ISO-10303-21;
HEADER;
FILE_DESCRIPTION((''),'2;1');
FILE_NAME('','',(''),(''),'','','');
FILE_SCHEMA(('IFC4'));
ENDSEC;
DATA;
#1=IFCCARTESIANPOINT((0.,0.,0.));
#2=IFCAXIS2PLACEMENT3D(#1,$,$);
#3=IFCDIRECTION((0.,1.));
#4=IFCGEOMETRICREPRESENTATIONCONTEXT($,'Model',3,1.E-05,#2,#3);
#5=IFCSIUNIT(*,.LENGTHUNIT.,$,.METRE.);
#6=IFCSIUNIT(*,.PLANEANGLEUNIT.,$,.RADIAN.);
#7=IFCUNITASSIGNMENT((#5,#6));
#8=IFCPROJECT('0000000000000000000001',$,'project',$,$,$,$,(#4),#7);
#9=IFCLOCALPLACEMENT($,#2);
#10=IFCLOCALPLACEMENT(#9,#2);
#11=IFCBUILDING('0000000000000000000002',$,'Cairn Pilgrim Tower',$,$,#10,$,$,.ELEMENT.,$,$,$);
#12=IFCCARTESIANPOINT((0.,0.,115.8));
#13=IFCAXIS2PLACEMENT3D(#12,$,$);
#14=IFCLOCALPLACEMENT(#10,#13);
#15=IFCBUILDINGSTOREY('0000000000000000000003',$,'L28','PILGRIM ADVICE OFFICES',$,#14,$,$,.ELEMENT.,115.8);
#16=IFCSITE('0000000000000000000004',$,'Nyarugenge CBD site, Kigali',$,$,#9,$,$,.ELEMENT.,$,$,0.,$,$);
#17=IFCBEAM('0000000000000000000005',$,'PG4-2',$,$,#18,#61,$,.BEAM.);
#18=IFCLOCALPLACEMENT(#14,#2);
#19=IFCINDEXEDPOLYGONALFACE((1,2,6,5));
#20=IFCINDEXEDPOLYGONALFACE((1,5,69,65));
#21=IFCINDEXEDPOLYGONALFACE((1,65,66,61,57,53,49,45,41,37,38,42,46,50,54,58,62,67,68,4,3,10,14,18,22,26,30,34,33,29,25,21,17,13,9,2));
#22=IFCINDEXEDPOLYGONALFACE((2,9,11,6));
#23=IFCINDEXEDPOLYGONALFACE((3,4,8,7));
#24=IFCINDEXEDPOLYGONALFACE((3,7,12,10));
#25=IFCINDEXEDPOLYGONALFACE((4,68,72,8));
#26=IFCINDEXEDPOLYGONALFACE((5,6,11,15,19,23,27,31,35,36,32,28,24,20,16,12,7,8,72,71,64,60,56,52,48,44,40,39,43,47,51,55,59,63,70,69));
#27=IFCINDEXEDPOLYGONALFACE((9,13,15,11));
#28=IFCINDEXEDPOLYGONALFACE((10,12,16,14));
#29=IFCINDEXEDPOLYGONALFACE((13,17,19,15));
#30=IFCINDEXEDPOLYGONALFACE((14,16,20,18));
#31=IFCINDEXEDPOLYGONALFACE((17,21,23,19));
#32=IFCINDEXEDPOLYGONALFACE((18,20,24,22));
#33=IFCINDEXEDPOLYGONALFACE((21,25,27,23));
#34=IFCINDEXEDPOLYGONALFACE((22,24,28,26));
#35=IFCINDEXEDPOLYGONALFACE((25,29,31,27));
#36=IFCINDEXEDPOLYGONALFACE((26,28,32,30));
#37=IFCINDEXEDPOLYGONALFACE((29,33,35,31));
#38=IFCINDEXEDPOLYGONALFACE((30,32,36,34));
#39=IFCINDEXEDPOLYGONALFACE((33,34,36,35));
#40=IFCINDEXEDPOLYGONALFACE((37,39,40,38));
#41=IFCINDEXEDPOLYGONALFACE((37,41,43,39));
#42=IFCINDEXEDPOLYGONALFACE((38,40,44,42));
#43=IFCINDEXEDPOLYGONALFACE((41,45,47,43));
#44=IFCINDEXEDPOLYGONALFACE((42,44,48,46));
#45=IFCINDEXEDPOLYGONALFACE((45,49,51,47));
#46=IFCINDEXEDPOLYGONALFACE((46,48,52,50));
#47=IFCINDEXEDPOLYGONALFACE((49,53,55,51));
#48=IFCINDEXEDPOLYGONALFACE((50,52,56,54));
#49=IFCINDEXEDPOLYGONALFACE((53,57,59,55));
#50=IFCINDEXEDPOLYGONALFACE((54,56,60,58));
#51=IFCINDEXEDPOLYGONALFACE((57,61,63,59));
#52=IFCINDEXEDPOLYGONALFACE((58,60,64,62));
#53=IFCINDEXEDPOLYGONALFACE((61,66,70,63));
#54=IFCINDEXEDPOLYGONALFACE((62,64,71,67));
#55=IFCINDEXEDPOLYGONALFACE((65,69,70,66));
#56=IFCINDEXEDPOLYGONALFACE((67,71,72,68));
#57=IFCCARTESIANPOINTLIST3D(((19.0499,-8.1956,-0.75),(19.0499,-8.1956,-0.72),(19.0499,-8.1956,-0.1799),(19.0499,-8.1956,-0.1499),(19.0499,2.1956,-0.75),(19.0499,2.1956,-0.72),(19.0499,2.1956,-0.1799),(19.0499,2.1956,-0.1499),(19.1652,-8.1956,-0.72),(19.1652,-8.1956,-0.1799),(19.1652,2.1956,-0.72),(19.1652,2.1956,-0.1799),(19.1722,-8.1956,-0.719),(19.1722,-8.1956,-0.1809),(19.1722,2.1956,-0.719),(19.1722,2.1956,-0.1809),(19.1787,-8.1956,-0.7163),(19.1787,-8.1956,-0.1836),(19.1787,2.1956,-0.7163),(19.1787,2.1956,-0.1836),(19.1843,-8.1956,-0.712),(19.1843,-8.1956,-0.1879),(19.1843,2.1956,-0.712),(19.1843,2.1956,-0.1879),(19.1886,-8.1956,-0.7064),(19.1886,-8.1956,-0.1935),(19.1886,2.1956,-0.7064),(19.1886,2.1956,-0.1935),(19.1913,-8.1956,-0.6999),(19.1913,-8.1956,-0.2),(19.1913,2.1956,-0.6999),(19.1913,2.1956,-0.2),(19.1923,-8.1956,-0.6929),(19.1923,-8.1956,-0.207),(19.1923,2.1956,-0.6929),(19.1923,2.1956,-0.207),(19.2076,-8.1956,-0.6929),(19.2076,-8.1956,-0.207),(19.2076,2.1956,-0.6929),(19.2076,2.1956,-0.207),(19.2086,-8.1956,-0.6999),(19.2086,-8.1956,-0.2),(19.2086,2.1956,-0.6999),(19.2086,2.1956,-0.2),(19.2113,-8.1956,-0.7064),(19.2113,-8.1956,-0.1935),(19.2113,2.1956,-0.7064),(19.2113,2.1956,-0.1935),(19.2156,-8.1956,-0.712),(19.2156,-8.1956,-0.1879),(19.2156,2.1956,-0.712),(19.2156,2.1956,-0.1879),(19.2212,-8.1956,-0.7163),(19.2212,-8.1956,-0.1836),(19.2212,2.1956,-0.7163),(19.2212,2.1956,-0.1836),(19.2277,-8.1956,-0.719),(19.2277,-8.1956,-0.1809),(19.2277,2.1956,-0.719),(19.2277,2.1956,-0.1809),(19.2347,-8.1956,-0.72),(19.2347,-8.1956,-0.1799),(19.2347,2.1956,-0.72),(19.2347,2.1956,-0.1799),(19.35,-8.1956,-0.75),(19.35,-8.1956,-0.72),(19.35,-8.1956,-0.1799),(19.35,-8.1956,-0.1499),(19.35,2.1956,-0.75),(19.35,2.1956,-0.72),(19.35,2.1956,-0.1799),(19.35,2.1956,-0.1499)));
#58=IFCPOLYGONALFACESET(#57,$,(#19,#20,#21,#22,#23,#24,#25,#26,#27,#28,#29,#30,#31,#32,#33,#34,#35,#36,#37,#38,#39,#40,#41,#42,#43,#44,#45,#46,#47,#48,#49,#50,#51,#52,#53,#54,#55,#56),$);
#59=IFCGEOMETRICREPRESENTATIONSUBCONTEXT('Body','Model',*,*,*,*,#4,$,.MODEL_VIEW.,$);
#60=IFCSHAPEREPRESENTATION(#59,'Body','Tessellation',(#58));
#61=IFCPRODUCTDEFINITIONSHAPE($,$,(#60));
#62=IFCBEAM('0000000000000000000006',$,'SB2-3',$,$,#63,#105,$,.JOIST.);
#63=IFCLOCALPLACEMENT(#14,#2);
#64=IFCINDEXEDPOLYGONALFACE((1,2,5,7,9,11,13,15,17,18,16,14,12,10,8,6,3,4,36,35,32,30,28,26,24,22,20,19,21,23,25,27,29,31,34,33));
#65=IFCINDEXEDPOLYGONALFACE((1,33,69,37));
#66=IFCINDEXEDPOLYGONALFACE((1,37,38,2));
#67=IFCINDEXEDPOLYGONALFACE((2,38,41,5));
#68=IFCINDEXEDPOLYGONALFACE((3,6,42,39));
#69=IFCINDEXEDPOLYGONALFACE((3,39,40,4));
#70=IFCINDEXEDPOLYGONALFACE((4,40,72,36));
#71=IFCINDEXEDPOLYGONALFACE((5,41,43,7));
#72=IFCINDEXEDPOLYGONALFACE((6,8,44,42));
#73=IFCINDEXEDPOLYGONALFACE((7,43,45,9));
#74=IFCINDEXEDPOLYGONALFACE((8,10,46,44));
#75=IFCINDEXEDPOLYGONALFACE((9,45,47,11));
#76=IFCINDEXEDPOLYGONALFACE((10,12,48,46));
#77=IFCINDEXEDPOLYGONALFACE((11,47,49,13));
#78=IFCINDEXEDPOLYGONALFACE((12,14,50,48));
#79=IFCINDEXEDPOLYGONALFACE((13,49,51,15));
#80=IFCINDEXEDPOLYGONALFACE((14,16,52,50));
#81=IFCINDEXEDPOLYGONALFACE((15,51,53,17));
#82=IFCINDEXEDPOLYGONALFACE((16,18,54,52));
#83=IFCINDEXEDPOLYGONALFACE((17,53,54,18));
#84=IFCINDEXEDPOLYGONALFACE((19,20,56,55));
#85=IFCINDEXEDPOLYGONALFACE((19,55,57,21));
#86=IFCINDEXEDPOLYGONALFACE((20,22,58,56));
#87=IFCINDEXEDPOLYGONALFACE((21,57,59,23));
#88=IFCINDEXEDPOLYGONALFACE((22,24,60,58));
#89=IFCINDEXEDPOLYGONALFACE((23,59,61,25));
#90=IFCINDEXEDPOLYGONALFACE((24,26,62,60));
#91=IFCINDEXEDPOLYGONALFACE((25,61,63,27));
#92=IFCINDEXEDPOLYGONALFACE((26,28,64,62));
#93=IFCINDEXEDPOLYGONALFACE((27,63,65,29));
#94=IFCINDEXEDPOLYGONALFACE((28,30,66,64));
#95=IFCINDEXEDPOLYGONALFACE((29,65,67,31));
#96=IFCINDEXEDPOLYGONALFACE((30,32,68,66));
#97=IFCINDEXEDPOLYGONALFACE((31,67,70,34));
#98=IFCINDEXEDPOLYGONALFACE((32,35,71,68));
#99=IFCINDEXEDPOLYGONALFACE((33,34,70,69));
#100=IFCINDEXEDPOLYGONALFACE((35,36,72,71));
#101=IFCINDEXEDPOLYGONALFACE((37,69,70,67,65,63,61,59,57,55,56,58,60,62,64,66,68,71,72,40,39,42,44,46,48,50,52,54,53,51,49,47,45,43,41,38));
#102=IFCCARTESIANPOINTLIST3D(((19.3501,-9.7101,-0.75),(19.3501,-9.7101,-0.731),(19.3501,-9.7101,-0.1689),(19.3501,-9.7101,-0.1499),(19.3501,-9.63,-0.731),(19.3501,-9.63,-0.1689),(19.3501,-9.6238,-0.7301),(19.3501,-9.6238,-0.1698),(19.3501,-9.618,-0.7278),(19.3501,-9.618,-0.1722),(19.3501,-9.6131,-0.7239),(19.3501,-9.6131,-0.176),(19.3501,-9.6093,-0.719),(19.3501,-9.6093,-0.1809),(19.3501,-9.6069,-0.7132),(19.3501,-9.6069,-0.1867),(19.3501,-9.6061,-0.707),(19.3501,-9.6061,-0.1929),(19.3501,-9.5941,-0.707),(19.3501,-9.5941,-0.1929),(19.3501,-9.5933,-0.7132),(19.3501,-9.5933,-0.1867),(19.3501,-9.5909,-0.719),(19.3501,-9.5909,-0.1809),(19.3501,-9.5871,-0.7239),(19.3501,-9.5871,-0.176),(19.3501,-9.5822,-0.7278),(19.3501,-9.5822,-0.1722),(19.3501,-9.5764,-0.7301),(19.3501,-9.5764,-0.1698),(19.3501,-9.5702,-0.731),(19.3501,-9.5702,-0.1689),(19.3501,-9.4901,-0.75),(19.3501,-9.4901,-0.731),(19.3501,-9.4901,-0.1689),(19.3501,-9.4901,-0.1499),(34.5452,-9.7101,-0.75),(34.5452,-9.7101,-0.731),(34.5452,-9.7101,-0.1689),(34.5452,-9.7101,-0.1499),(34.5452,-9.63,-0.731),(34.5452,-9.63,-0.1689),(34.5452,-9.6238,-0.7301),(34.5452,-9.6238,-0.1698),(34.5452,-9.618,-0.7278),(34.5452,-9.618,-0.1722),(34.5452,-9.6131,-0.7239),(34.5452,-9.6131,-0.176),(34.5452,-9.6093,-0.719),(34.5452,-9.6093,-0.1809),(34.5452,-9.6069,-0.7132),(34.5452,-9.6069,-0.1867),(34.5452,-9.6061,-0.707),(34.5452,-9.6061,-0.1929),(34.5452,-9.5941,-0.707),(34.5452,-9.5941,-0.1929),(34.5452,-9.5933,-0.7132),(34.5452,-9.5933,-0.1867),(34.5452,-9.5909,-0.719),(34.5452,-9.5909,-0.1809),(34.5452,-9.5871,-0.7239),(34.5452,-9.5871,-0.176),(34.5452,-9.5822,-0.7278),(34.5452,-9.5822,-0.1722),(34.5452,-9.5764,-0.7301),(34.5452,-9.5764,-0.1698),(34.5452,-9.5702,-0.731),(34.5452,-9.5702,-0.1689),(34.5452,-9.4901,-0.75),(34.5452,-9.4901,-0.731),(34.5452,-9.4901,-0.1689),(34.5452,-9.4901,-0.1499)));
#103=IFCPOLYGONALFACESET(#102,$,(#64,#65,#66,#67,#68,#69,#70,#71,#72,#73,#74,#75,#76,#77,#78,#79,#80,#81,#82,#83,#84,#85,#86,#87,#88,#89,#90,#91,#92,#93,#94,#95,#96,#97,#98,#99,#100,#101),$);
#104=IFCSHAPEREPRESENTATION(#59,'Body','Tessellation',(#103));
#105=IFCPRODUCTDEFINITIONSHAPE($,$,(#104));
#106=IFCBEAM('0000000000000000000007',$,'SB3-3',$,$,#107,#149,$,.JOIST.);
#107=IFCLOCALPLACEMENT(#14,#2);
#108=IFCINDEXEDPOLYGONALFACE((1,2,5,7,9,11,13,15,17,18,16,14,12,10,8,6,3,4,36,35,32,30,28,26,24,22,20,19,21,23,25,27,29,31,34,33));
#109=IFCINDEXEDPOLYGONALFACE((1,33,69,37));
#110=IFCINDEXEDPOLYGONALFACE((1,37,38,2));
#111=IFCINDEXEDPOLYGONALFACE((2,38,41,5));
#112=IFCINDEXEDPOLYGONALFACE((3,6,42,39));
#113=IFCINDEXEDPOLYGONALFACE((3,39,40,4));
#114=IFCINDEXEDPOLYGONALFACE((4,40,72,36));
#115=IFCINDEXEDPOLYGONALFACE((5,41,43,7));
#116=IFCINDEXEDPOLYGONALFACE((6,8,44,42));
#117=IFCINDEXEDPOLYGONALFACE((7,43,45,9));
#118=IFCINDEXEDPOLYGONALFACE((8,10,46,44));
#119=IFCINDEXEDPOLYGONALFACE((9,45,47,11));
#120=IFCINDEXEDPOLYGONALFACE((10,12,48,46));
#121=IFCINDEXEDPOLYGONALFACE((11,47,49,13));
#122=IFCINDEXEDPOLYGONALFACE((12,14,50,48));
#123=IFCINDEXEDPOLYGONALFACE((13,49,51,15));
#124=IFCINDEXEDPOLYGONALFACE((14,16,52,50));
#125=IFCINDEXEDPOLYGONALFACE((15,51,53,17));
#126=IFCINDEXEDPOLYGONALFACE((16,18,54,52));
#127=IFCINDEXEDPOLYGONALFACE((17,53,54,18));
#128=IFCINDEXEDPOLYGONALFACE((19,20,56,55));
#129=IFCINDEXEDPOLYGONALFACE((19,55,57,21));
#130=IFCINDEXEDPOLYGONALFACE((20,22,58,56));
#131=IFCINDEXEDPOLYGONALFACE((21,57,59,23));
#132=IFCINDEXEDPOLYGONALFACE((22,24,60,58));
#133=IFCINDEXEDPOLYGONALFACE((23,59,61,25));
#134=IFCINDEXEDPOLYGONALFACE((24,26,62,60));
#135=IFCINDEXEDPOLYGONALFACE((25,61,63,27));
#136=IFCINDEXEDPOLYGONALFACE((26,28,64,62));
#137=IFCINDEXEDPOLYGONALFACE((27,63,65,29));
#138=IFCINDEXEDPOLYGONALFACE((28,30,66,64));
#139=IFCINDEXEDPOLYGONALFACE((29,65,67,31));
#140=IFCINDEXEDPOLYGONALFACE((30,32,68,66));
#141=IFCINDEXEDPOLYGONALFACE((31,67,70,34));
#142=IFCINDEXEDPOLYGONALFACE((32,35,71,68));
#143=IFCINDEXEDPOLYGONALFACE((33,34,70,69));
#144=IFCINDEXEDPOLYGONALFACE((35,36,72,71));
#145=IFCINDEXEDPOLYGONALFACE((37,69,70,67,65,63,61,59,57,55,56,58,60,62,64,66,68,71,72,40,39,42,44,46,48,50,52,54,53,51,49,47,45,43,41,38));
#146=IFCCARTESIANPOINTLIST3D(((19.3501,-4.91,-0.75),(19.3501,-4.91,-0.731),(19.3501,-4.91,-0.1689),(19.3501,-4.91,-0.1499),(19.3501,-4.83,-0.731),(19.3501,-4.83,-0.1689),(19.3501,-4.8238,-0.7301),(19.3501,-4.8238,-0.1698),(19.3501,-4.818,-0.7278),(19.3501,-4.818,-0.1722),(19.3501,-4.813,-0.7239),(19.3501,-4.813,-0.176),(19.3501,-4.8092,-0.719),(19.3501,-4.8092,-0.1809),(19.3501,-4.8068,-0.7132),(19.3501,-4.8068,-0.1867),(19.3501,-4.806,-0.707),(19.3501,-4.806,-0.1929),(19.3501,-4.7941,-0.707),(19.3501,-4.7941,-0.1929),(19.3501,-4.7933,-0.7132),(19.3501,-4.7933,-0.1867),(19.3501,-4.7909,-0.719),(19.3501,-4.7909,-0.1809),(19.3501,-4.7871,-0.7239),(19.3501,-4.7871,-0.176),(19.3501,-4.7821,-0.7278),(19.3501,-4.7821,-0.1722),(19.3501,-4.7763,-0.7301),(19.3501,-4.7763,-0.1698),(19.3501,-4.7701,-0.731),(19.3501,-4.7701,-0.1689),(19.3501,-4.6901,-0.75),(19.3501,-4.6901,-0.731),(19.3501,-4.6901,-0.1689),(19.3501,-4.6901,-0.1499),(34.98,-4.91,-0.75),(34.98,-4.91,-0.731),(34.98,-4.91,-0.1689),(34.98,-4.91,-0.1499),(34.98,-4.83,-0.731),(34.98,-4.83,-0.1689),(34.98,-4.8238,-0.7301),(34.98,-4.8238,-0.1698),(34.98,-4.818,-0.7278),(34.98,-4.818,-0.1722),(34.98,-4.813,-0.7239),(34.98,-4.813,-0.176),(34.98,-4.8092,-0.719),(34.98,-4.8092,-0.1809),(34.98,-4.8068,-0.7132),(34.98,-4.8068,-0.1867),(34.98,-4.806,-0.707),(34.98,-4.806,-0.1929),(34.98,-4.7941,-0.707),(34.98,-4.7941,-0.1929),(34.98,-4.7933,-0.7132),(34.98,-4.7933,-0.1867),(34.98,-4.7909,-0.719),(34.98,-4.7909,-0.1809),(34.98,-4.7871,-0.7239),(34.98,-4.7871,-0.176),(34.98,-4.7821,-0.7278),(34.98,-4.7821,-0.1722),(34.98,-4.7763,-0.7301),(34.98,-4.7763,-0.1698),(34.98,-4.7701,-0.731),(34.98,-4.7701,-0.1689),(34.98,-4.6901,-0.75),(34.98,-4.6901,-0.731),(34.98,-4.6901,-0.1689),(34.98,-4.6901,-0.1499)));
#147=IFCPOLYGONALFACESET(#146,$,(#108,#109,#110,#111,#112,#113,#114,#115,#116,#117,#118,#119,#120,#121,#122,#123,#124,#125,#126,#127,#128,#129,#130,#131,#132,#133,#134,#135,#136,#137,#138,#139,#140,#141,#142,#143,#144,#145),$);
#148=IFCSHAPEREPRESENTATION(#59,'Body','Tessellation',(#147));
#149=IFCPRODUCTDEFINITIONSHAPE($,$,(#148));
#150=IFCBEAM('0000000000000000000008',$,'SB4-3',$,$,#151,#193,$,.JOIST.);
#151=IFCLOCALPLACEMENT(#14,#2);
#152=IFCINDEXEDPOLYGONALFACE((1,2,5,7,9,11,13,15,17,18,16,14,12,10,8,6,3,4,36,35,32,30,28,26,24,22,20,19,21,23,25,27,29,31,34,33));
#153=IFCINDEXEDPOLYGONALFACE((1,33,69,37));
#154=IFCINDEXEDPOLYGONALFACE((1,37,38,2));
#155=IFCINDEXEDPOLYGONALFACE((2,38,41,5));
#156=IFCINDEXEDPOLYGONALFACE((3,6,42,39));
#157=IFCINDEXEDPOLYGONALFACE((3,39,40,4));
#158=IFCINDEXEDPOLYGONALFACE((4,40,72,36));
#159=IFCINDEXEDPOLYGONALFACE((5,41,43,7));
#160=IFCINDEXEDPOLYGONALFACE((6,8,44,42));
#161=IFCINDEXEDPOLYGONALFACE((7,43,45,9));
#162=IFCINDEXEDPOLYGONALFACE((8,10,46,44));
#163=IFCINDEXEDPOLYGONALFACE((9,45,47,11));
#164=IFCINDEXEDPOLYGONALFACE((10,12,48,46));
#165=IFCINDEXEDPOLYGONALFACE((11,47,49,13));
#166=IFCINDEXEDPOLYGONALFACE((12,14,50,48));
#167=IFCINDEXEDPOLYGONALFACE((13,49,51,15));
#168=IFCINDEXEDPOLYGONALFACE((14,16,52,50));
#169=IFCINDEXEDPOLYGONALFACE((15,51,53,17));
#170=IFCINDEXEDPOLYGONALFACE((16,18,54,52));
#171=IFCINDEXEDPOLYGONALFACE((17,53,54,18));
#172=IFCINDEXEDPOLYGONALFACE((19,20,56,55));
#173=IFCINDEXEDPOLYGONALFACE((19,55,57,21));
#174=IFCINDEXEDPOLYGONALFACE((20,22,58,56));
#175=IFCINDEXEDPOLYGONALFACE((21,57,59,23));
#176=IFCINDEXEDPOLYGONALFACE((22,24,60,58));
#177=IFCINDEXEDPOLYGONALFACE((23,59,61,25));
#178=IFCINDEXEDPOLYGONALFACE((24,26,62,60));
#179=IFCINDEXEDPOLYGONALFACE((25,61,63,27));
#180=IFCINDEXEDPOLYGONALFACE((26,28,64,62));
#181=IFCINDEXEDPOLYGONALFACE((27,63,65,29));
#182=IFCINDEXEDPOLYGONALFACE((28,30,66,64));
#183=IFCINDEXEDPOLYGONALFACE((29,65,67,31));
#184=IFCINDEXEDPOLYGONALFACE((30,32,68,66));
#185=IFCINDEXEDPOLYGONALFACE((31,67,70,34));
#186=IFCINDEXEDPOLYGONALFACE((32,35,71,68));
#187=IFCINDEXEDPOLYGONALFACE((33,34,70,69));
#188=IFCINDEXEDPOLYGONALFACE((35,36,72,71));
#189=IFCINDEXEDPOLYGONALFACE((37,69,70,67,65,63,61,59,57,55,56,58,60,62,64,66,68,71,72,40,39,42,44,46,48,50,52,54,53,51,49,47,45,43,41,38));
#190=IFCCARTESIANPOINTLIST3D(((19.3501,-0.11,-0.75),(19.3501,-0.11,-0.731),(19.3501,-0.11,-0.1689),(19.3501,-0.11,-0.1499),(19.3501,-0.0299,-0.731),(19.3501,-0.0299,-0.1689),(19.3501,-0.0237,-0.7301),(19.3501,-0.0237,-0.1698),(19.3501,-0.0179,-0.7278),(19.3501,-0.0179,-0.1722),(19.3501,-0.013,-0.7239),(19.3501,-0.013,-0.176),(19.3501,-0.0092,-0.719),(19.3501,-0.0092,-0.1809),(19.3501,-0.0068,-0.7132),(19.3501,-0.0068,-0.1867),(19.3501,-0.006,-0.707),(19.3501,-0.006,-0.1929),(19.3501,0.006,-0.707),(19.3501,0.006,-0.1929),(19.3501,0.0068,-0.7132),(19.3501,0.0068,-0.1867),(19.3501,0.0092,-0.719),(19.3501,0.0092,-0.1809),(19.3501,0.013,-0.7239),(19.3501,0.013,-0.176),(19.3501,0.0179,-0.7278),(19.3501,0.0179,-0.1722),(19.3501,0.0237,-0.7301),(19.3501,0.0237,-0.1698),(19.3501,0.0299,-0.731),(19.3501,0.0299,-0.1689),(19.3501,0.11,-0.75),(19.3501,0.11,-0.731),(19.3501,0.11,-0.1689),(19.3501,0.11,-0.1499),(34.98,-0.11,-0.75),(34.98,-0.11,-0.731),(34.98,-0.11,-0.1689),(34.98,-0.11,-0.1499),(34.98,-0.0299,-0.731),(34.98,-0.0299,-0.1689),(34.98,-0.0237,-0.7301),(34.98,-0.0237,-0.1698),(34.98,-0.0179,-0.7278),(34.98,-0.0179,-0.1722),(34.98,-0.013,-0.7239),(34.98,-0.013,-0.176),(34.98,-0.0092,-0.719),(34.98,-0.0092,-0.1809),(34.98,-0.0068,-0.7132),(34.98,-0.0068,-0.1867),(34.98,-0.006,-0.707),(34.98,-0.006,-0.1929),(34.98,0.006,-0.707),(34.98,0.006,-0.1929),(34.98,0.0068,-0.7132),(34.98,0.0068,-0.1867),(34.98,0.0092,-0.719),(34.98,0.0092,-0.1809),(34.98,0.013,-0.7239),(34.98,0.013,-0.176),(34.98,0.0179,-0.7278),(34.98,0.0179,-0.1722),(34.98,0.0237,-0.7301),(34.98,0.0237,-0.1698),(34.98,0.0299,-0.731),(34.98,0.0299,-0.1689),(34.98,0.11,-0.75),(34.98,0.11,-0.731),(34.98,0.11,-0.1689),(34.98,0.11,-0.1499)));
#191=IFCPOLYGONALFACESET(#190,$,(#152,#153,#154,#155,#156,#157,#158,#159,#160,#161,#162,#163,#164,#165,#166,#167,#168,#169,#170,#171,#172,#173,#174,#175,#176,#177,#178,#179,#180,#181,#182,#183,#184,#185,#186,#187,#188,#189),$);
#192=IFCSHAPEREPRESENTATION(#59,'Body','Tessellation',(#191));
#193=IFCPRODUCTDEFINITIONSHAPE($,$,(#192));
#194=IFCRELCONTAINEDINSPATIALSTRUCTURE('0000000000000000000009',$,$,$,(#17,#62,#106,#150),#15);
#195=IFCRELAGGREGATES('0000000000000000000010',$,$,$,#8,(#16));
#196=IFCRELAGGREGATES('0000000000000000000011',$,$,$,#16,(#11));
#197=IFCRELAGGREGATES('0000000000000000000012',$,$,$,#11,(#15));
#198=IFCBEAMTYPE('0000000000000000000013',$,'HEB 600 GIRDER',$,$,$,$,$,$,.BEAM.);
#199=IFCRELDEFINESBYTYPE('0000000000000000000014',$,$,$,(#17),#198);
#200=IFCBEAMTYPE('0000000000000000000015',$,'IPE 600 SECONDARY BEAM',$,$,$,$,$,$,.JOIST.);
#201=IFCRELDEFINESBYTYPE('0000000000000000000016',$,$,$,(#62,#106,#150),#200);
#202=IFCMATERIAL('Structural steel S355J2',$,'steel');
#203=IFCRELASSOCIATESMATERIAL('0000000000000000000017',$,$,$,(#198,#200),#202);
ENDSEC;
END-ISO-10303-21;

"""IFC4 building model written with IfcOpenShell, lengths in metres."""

from ifc_helpers import new_model, si_unit, direction, frame, origin, origin_2d, place, context, subcontext, project, spatial, i_section, extrude, material, material_profile, profile_set, type_object, element, save


model = new_model("IFC4")

# Units and contexts
model_context = context("Model", 3, precision=1e-05, world=origin(), true_north=direction((0.0, 1.0)))
body_context = subcontext(model_context, "Body", "Model", "MODEL_VIEW")
ifc_project = project(units=[si_unit("LENGTHUNIT", "METRE"), si_unit("PLANEANGLEUNIT", "RADIAN")], contexts=[model_context])

# Site, building, storey
site_placement = place(None, origin())
site = spatial("IfcSite", under=ifc_project, at=site_placement, Name="Nyarugenge CBD site, Kigali", CompositionType="ELEMENT", RefElevation=0.0)
building_placement = place(site_placement, origin())
building = spatial("IfcBuilding", under=site, at=building_placement, Name="Cairn Pilgrim Tower", CompositionType="ELEMENT")
storey_placement = place(building_placement, frame((0.0, 0.0, 115.8)))
storey = spatial("IfcBuildingStorey", under=building, at=storey_placement, Name="L28", Description="PILGRIM ADVICE OFFICES", CompositionType="ELEMENT", Elevation=115.8)

# Beams
ifc_material_1 = material(Name="Structural steel S355J2", Category="steel")
ifc_material_profile_1 = material_profile(ifc_material_1, i_section(OverallWidth=0.3, OverallDepth=0.6001, WebThickness=0.0154, FlangeThickness=0.03, FilletRadius=0.0271, at=origin_2d()), Name="HEB 600")
ifc_profile_set_1 = profile_set([ifc_material_profile_1], Name="Structural steel S355J2")
beam_type_1 = type_object("IfcBeamType", Name="HEB 600 GIRDER", PredefinedType="BEAM", material=ifc_profile_set_1)
beam_1_placement = place(storey_placement, frame((19.2, -8.1956, -0.45), z_axis=(0.0, 1.0, 0.0), x_axis=(-1.0, 0.0, 0.0)))
element("IfcBeam", 1, at=beam_1_placement, inside=storey, type_object=beam_type_1, Name="PG4-2", PredefinedType="BEAM", context=body_context, shape_type="SweptSolid", body=[
    extrude(i_section(OverallWidth=0.3, OverallDepth=0.6001, WebThickness=0.0154, FlangeThickness=0.03, FilletRadius=0.0271, at=origin_2d()), origin(), (0.0, 0.0, 1.0), 10.3911),
])
ifc_material_profile_2 = material_profile(ifc_material_1, i_section(OverallWidth=0.22, OverallDepth=0.6001, WebThickness=0.012, FlangeThickness=0.019, FilletRadius=0.0239, at=origin_2d()), Name="IPE 600")
ifc_profile_set_2 = profile_set([ifc_material_profile_2], Name="Structural steel S355J2")
beam_type_2 = type_object("IfcBeamType", Name="IPE 600 SECONDARY BEAM", PredefinedType="JOIST", material=ifc_profile_set_2)
beam_2_placement = place(storey_placement, frame((19.3501, -9.6001, -0.45), z_axis=(1.0, 0.0, 0.0), x_axis=(0.0, 1.0, 0.0)))
element("IfcBeam", 2, at=beam_2_placement, inside=storey, type_object=beam_type_2, Name="SB2-3", PredefinedType="JOIST", context=body_context, shape_type="SweptSolid", body=[
    extrude(i_section(OverallWidth=0.22, OverallDepth=0.6001, WebThickness=0.012, FlangeThickness=0.019, FilletRadius=0.0239, at=origin_2d()), origin(), (0.0, 0.0, 1.0), 15.1951),
])
for number, where, z_axis, x_axis, name in (
    (3, (19.3501, -4.8, -0.45), (1.0, 0.0, 0.0), (0.0, 1.0, 0.0), "SB3-3"),
    (4, (19.3501, 0.0, -0.45), (1.0, 0.0, 0.0), (0.0, 1.0, 0.0), "SB4-3"),
):
    element("IfcBeam", number, at=place(storey_placement, frame(where, z_axis=z_axis, x_axis=x_axis)), inside=storey, type_object=beam_type_2, Name=name, PredefinedType="JOIST", context=body_context, shape_type="SweptSolid", body=[
        extrude(i_section(OverallWidth=0.22, OverallDepth=0.6001, WebThickness=0.012, FlangeThickness=0.019, FilletRadius=0.0239, at=origin_2d()), origin(), (0.0, 0.0, 1.0), 15.6299),
    ])

save(model, "model.ifc")
